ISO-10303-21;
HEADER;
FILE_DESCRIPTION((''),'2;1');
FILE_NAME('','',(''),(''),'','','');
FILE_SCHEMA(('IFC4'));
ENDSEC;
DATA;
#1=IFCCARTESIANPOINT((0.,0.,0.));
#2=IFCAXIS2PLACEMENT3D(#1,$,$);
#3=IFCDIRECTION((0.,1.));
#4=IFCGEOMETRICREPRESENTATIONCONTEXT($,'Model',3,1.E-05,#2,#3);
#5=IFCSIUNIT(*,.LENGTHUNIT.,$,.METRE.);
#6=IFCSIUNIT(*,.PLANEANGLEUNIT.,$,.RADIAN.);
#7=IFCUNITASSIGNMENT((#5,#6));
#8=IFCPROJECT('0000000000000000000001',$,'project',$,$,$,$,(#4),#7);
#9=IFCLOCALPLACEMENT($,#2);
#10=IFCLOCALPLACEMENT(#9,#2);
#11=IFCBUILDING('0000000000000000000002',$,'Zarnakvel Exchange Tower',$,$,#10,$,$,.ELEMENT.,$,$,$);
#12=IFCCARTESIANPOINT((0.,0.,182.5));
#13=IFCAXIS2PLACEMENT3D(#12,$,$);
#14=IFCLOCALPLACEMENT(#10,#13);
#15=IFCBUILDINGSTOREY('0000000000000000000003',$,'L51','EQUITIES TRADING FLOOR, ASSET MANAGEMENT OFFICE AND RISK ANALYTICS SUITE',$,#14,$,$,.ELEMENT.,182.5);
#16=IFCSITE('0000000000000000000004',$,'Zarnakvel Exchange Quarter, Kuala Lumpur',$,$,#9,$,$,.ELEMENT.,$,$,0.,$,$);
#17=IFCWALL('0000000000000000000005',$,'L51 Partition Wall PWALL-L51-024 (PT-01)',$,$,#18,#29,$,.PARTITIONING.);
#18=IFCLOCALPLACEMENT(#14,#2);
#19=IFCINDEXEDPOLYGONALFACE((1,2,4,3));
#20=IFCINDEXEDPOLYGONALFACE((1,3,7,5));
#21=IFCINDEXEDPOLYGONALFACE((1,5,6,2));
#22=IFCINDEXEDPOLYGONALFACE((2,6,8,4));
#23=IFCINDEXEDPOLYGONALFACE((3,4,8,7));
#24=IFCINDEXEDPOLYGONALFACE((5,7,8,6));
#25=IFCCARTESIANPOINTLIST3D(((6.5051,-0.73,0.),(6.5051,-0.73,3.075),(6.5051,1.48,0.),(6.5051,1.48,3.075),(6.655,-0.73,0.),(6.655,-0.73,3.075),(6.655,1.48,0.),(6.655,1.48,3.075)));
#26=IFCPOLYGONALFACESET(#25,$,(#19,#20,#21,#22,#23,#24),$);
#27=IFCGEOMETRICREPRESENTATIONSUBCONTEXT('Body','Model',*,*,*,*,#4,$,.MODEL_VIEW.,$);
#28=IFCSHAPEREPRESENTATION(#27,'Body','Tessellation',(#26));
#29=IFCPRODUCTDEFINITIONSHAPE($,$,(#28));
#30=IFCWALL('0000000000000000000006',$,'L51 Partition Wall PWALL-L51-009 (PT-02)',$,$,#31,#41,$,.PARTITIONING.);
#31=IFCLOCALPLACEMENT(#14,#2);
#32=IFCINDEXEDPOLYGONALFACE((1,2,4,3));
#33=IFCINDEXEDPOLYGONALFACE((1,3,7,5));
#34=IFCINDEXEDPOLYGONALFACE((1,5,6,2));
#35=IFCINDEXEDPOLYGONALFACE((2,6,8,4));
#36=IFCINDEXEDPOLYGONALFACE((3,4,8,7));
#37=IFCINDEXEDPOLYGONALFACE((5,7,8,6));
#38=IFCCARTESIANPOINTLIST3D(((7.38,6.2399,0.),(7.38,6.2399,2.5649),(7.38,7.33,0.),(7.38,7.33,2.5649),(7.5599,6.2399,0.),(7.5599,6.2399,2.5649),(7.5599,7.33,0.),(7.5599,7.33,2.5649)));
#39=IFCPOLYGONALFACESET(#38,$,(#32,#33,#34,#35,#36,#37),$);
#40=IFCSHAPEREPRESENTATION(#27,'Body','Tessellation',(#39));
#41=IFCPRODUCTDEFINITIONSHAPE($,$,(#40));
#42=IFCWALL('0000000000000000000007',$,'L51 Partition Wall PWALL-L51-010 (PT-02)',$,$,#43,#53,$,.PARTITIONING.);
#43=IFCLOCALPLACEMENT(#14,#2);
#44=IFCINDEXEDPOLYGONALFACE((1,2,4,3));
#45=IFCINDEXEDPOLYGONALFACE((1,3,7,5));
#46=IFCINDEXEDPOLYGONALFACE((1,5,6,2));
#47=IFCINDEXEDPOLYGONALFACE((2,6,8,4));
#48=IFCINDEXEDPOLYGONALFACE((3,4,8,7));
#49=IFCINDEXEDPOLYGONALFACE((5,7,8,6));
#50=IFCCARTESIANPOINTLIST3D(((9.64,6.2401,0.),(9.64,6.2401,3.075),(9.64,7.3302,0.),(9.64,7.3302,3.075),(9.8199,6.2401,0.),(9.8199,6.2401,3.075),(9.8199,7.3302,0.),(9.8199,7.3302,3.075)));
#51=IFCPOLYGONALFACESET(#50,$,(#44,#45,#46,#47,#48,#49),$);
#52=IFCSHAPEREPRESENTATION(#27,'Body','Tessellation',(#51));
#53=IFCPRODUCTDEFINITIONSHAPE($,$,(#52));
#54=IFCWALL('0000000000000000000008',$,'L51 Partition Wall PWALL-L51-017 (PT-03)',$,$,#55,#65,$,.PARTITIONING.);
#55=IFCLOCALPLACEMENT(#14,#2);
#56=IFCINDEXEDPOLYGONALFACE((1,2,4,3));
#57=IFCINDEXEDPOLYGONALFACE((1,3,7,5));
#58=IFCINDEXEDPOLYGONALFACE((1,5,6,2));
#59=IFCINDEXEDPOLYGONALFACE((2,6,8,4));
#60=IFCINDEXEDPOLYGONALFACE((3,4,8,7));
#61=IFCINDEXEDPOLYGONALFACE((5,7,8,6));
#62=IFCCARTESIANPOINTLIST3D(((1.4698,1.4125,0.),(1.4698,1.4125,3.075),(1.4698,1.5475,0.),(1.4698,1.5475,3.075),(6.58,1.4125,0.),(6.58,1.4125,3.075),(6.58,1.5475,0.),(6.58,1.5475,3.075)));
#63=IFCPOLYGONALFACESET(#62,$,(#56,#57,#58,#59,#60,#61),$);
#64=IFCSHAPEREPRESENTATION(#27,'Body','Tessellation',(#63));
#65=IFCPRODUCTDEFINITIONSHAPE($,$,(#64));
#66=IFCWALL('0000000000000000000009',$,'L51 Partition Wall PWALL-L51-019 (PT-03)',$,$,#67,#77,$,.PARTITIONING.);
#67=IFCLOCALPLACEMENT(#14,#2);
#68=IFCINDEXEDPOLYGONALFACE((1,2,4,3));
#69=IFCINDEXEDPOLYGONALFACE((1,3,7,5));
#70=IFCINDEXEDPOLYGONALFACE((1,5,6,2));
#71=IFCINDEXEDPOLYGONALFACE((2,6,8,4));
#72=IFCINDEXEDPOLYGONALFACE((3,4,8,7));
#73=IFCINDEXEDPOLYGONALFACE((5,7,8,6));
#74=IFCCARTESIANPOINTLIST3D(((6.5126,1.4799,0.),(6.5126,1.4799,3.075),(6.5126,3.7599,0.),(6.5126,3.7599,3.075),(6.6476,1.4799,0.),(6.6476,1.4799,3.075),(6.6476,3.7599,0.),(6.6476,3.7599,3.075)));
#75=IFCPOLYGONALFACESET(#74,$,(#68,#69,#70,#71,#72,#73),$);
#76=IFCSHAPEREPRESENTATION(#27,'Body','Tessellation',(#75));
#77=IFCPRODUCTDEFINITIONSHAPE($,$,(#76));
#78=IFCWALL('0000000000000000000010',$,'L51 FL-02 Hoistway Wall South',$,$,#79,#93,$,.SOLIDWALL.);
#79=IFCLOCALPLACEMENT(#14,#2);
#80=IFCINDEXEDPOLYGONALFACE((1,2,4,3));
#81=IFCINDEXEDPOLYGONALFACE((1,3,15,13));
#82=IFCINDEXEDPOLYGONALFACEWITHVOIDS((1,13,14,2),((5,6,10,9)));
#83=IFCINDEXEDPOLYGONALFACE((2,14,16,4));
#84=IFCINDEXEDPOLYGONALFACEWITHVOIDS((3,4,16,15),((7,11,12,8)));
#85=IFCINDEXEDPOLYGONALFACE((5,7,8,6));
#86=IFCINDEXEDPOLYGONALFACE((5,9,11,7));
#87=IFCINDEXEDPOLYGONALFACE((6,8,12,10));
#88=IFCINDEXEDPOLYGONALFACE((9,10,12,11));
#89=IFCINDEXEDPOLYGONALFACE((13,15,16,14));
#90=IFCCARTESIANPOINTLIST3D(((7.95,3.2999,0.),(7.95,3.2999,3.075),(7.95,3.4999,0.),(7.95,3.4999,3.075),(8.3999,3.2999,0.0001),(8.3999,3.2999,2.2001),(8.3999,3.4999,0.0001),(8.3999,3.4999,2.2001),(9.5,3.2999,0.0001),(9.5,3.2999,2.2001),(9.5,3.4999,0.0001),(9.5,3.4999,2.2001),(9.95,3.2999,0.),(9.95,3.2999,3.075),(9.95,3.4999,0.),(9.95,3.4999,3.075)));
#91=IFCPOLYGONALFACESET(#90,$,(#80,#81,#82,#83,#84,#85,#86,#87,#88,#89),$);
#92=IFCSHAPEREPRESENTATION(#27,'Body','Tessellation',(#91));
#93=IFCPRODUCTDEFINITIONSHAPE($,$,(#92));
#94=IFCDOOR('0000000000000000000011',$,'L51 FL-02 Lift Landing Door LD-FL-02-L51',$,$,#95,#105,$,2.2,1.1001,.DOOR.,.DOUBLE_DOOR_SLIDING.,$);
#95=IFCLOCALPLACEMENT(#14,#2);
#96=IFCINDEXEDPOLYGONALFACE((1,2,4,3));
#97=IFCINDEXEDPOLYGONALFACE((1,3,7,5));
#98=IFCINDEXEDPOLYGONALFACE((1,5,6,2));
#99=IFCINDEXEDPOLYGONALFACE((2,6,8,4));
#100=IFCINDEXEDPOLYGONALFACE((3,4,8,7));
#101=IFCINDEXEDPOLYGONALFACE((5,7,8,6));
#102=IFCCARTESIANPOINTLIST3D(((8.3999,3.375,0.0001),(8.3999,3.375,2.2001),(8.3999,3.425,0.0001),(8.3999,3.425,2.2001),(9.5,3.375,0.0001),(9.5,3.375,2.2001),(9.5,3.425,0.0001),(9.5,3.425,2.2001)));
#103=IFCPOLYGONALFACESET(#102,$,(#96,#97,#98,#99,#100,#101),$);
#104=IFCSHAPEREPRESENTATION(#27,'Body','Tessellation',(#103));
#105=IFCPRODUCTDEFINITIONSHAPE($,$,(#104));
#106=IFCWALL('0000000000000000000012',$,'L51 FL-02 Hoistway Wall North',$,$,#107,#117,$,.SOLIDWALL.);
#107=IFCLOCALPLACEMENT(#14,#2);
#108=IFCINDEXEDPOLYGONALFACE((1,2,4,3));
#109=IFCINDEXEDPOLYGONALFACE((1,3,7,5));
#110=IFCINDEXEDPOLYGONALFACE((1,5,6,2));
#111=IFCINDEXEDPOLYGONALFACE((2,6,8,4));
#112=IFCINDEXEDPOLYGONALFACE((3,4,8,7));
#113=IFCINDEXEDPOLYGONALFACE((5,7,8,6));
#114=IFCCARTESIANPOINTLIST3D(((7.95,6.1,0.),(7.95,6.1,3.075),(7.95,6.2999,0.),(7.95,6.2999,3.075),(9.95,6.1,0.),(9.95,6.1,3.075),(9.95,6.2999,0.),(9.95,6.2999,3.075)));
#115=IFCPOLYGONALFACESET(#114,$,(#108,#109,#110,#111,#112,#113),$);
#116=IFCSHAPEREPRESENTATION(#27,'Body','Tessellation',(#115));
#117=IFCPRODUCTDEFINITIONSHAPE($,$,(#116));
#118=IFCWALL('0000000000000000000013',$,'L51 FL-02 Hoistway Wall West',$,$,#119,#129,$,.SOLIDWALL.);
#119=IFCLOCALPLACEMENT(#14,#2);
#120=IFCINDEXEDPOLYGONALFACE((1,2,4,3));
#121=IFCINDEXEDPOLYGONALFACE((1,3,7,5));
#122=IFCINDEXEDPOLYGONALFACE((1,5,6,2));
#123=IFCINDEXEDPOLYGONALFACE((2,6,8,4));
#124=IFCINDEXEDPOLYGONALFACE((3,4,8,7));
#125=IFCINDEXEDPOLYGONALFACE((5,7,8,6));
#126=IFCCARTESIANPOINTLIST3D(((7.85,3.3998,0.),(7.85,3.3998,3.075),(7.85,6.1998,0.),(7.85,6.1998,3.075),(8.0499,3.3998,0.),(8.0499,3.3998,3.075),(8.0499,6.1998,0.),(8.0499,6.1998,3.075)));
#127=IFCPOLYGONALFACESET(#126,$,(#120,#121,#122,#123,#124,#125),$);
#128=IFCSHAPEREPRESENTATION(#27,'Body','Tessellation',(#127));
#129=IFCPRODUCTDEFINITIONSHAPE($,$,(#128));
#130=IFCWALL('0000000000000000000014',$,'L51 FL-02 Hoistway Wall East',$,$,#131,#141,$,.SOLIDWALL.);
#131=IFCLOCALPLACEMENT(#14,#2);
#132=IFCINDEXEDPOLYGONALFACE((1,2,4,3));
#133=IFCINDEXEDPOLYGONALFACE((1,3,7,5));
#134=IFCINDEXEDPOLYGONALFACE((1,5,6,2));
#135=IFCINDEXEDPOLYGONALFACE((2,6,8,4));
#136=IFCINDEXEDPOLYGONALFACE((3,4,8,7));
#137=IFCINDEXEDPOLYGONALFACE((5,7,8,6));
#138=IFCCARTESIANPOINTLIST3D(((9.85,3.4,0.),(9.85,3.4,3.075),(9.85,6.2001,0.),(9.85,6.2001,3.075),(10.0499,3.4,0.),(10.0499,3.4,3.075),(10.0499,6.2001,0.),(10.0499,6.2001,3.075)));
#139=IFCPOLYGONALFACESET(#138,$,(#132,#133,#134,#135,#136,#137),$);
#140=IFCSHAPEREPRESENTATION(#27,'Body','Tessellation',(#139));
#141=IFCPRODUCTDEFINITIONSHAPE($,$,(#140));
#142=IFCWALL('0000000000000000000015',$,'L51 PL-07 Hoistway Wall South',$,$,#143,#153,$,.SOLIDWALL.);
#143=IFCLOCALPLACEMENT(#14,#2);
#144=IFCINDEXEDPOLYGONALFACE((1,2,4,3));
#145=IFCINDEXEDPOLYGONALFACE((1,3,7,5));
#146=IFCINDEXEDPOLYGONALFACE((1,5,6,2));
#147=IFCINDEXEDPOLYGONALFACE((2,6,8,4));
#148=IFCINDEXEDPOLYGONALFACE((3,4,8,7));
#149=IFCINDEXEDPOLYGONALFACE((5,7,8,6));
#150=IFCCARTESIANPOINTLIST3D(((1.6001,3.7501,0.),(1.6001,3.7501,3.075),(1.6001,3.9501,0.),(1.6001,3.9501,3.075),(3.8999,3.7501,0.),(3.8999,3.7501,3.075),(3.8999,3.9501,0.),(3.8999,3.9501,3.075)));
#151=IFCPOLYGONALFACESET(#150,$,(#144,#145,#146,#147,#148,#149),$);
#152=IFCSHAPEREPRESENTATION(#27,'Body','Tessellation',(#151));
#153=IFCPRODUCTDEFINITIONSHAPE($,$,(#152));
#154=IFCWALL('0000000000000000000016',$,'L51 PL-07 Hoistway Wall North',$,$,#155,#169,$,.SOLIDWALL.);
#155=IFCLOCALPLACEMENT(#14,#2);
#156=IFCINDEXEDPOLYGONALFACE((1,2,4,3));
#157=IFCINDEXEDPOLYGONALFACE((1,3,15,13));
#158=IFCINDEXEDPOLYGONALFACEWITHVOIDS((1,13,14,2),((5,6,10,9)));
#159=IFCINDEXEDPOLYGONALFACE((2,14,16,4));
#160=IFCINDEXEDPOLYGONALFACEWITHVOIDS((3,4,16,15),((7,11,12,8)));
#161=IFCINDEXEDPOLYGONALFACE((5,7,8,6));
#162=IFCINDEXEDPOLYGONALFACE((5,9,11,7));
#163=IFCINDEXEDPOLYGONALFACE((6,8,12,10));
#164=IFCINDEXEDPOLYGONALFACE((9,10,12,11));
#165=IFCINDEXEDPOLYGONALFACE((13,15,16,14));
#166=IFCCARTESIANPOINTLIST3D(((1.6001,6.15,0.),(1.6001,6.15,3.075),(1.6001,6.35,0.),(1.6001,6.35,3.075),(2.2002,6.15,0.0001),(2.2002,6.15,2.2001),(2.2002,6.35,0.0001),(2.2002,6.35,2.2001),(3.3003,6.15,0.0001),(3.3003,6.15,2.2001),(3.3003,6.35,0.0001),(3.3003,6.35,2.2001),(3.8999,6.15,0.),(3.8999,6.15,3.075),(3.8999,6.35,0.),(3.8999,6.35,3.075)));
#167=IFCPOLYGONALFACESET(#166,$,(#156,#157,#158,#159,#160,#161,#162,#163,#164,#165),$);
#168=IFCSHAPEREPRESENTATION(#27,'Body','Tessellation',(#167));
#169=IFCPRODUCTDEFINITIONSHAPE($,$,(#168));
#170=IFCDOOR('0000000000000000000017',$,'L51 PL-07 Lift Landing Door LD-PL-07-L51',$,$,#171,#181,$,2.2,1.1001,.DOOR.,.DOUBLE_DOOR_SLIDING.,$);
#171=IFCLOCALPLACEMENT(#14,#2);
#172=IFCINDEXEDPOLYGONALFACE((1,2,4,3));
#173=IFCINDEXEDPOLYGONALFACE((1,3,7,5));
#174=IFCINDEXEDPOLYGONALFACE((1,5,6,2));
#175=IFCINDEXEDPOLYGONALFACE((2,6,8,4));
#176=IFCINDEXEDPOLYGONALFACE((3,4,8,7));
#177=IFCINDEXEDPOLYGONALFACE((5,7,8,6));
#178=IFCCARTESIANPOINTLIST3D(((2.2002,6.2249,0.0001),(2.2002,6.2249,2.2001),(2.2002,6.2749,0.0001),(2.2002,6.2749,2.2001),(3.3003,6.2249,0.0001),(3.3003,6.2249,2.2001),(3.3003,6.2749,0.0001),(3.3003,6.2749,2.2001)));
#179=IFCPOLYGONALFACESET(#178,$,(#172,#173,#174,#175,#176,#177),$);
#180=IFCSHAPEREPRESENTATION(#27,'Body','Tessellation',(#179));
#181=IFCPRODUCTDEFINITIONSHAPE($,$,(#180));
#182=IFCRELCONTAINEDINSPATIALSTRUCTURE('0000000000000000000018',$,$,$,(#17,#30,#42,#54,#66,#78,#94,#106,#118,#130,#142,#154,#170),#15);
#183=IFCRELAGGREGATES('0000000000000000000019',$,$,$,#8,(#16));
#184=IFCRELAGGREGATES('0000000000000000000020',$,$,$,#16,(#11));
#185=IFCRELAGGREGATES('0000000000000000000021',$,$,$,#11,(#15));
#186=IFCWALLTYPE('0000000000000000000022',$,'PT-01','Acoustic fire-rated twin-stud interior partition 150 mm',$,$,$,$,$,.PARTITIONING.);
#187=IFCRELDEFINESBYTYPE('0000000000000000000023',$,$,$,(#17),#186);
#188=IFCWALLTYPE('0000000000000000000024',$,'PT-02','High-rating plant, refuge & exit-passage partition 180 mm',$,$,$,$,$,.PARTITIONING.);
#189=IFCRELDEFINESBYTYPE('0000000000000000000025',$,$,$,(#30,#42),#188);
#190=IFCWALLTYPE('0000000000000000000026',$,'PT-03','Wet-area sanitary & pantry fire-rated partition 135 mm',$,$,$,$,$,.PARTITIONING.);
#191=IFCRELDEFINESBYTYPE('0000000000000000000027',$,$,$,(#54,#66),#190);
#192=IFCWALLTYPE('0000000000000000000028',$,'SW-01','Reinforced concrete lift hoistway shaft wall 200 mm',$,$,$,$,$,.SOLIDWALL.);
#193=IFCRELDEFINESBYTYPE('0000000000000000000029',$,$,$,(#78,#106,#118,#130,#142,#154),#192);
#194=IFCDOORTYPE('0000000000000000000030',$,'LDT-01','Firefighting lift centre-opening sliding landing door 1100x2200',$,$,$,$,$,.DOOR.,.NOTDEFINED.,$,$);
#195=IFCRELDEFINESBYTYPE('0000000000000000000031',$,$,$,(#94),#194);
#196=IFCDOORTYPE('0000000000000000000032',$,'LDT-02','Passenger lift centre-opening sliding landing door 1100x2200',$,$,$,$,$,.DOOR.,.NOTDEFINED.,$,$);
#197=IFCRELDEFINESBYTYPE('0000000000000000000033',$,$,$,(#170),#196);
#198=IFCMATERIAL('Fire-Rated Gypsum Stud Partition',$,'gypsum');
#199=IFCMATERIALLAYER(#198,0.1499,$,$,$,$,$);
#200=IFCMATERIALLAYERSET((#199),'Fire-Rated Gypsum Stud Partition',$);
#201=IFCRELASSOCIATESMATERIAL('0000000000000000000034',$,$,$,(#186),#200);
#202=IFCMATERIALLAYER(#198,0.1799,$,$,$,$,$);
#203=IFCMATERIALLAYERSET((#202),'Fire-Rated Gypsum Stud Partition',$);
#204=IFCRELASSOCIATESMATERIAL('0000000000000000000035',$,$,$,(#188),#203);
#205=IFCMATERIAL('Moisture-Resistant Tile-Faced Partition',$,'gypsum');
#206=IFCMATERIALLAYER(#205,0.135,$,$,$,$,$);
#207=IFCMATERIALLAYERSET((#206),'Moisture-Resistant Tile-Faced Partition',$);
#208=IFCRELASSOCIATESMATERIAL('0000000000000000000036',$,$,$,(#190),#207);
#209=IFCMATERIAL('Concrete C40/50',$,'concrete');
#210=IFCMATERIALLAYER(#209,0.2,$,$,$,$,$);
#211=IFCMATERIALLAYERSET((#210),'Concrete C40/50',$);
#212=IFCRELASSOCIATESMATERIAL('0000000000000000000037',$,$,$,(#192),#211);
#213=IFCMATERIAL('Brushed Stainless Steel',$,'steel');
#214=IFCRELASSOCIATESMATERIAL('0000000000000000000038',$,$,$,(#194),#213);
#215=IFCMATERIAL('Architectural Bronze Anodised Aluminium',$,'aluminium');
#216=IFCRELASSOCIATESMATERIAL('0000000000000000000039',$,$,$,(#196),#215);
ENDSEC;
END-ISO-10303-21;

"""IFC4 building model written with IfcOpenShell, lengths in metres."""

from ifc_helpers import new_model, si_unit, direction, frame, frame_2d, origin, place, context, subcontext, project, spatial, rectangle, extrude, source, transform, mapped, material, layer, layer_set, type_object, element, fill, save


model = new_model("IFC4")

# Units and contexts
model_context = context("Model", 3, precision=1e-05, world=origin(), true_north=direction((0.0, 1.0)))
body_context = subcontext(model_context, "Body", "Model", "MODEL_VIEW")
ifc_project = project(units=[si_unit("LENGTHUNIT", "METRE"), si_unit("PLANEANGLEUNIT", "RADIAN")], contexts=[model_context])

# Site, building, storey
site_placement = place(None, origin())
site = spatial("IfcSite", under=ifc_project, at=site_placement, Name="Zarnakvel Exchange Quarter, Kuala Lumpur", CompositionType="ELEMENT", RefElevation=0.0)
building_placement = place(site_placement, origin())
building = spatial("IfcBuilding", under=site, at=building_placement, Name="Zarnakvel Exchange Tower", CompositionType="ELEMENT")
storey_placement = place(building_placement, frame((0.0, 0.0, 182.5)))
storey = spatial("IfcBuildingStorey", under=building, at=storey_placement, Name="L51", Description="EQUITIES TRADING FLOOR, ASSET MANAGEMENT OFFICE AND RISK ANALYTICS SUITE", CompositionType="ELEMENT", Elevation=182.5)

# Walls
ifc_material_1 = material(Name="Fire-Rated Gypsum Stud Partition", Category="gypsum")
ifc_layer_1 = layer(ifc_material_1, 0.1499)
ifc_layer_set_1 = layer_set([ifc_layer_1], Name="Fire-Rated Gypsum Stud Partition")
wall_type_1 = type_object("IfcWallType", Name="PT-01", Description="Acoustic fire-rated twin-stud interior partition 150 mm", PredefinedType="PARTITIONING", material=ifc_layer_set_1)
wall_1_placement = place(storey_placement, frame((6.5801, 1.48, 0.0), z_axis=(0.0, 0.0, 1.0), x_axis=(0.0, -1.0, 0.0)))
element("IfcWall", 1, at=wall_1_placement, inside=storey, type_object=wall_type_1, Name="L51 Partition Wall PWALL-L51-024 (PT-01)", PredefinedType="PARTITIONING", context=body_context, shape_type="SweptSolid", body=[
    extrude(rectangle(XDim=2.21, YDim=0.1499, at=frame_2d((1.105, 0.0))), origin(), (0.0, 0.0, 1.0), 3.075),
])
ifc_layer_2 = layer(ifc_material_1, 0.1799)
ifc_layer_set_2 = layer_set([ifc_layer_2], Name="Fire-Rated Gypsum Stud Partition")
wall_type_2 = type_object("IfcWallType", Name="PT-02", Description="High-rating plant, refuge & exit-passage partition 180 mm", PredefinedType="PARTITIONING", material=ifc_layer_set_2)
wall_2_placement = place(storey_placement, frame((7.47, 6.24, 0.0), z_axis=(0.0, 0.0, 1.0), x_axis=(0.0, 1.0, 0.0)))
element("IfcWall", 2, at=wall_2_placement, inside=storey, type_object=wall_type_2, Name="L51 Partition Wall PWALL-L51-009 (PT-02)", PredefinedType="PARTITIONING", context=body_context, shape_type="SweptSolid", body=[
    extrude(rectangle(XDim=1.0901, YDim=0.1799, at=frame_2d((0.5449, 0.0))), origin(), (0.0, 0.0, 1.0), 2.5649),
])
wall_3_placement = place(storey_placement, frame((9.73, 7.3301, 0.0), z_axis=(0.0, 0.0, 1.0), x_axis=(0.0, -1.0, 0.0)))
element("IfcWall", 3, at=wall_3_placement, inside=storey, type_object=wall_type_2, Name="L51 Partition Wall PWALL-L51-010 (PT-02)", PredefinedType="PARTITIONING", context=body_context, shape_type="SweptSolid", body=[
    extrude(rectangle(XDim=1.0901, YDim=0.1799, at=frame_2d((0.5449, 0.0))), origin(), (0.0, 0.0, 1.0), 3.075),
])
ifc_material_2 = material(Name="Moisture-Resistant Tile-Faced Partition", Category="gypsum")
ifc_layer_3 = layer(ifc_material_2, 0.135)
ifc_layer_set_3 = layer_set([ifc_layer_3], Name="Moisture-Resistant Tile-Faced Partition")
wall_type_3 = type_object("IfcWallType", Name="PT-03", Description="Wet-area sanitary & pantry fire-rated partition 135 mm", PredefinedType="PARTITIONING", material=ifc_layer_set_3)
wall_4_placement = place(storey_placement, frame((6.5801, 1.48, 0.0), z_axis=(0.0, 0.0, 1.0), x_axis=(-1.0, 0.0, 0.0)))
element("IfcWall", 4, at=wall_4_placement, inside=storey, type_object=wall_type_3, Name="L51 Partition Wall PWALL-L51-017 (PT-03)", PredefinedType="PARTITIONING", context=body_context, shape_type="SweptSolid", body=[
    extrude(rectangle(XDim=5.1101, YDim=0.135, at=frame_2d((2.5552, 0.0))), origin(), (0.0, 0.0, 1.0), 3.075),
])
wall_5_placement = place(storey_placement, frame((6.5801, 3.76, 0.0), z_axis=(0.0, 0.0, 1.0), x_axis=(0.0, -1.0, 0.0)))
element("IfcWall", 5, at=wall_5_placement, inside=storey, type_object=wall_type_3, Name="L51 Partition Wall PWALL-L51-019 (PT-03)", PredefinedType="PARTITIONING", context=body_context, shape_type="SweptSolid", body=[
    extrude(rectangle(XDim=2.28, YDim=0.135, at=frame_2d((1.1401, 0.0))), origin(), (0.0, 0.0, 1.0), 3.075),
])

# Wall, opening, door
ifc_material_3 = material(Name="Concrete C40/50", Category="concrete")
ifc_layer_4 = layer(ifc_material_3, 0.2)
ifc_layer_set_4 = layer_set([ifc_layer_4], Name="Concrete C40/50")
wall_type_4 = type_object("IfcWallType", Name="SW-01", Description="Reinforced concrete lift hoistway shaft wall 200 mm", PredefinedType="SOLIDWALL", material=ifc_layer_set_4)
wall_6_placement = place(storey_placement, frame((9.95, 3.3999, 0.0), z_axis=(0.0, 0.0, 1.0), x_axis=(-1.0, 0.0, 0.0)))
wall_6 = element("IfcWall", 6, at=wall_6_placement, inside=storey, type_object=wall_type_4, Name="L51 FL-02 Hoistway Wall South", PredefinedType="SOLIDWALL", context=body_context, shape_type="SweptSolid", body=[
    extrude(rectangle(XDim=2.0, YDim=0.2, at=frame_2d((1.0, 0.0))), origin(), (0.0, 0.0, 1.0), 3.075),
])
opening_1_placement = place(wall_6_placement, frame((0.45, 0.0, 0.0)))
opening_1 = element("IfcOpeningElement", 7, at=opening_1_placement, cuts=wall_6, PredefinedType="OPENING", context=body_context, shape_type="SweptSolid", body=[
    extrude(rectangle(XDim=1.1001, YDim=2.2, at=frame_2d((0.55, 1.1001))), frame((0.0, 0.1099, 0.0), z_axis=(0.0, -1.0, 0.0), x_axis=(1.0, 0.0, 0.0)), (0.0, 0.0, 1.0), 0.22),
])
ifc_material_4 = material(Name="Brushed Stainless Steel", Category="steel")
door_type_1 = type_object("IfcDoorType", Name="LDT-01", Description="Firefighting lift centre-opening sliding landing door 1100x2200", OperationType="NOTDEFINED", PredefinedType="DOOR", material=ifc_material_4)
shared_shape_1 = source(origin(), body_context, "Body", "SweptSolid", [
    extrude(rectangle(XDim=1.1001, YDim=2.2, at=frame_2d((0.55, 1.1001))), frame((0.0, 0.0249, 0.0), z_axis=(0.0, -1.0, 0.0), x_axis=(1.0, 0.0, 0.0)), (0.0, 0.0, 1.0), 0.05),
])
door_1_placement = place(opening_1_placement, origin())
door_1 = element("IfcDoor", 8, at=door_1_placement, inside=storey, type_object=door_type_1, Name="L51 FL-02 Lift Landing Door LD-FL-02-L51", OperationType="DOUBLE_DOOR_SLIDING", OverallHeight=2.2, OverallWidth=1.1001, PredefinedType="DOOR", context=body_context, shape_type="MappedRepresentation", body=[
    mapped(shared_shape_1, transform((0.0, 0.0, 0.0), x_axis=(1.0, 0.0, 0.0), y_axis=(0.0, 1.0, 0.0), z_axis=(0.0, 0.0, 1.0), scale=1.0)),
])
fill(opening_1, door_1)

# Walls
wall_7_placement = place(storey_placement, frame((7.95, 6.2, 0.0), z_axis=(0.0, 0.0, 1.0), x_axis=(1.0, 0.0, 0.0)))
element("IfcWall", 9, at=wall_7_placement, inside=storey, type_object=wall_type_4, Name="L51 FL-02 Hoistway Wall North", PredefinedType="SOLIDWALL", context=body_context, shape_type="SweptSolid", body=[
    extrude(rectangle(XDim=2.0, YDim=0.2, at=frame_2d((1.0, 0.0))), origin(), (0.0, 0.0, 1.0), 3.075),
])
for number, where, z_axis, x_axis, name in (
    (10, (7.95, 3.3999, 0.0), (0.0, 0.0, 1.0), (0.0, 1.0, 0.0), "L51 FL-02 Hoistway Wall West"),
    (11, (9.95, 6.2, 0.0), (0.0, 0.0, 1.0), (0.0, -1.0, 0.0), "L51 FL-02 Hoistway Wall East"),
):
    element("IfcWall", number, at=place(storey_placement, frame(where, z_axis=z_axis, x_axis=x_axis)), inside=storey, type_object=wall_type_4, Name=name, PredefinedType="SOLIDWALL", context=body_context, shape_type="SweptSolid", body=[
        extrude(rectangle(XDim=2.8, YDim=0.2, at=frame_2d((1.3999, 0.0))), origin(), (0.0, 0.0, 1.0), 3.075),
    ])
wall_8_placement = place(storey_placement, frame((3.8999, 3.8501, 0.0), z_axis=(0.0, 0.0, 1.0), x_axis=(-1.0, 0.0, 0.0)))
element("IfcWall", 12, at=wall_8_placement, inside=storey, type_object=wall_type_4, Name="L51 PL-07 Hoistway Wall South", PredefinedType="SOLIDWALL", context=body_context, shape_type="SweptSolid", body=[
    extrude(rectangle(XDim=2.2998, YDim=0.2, at=frame_2d((1.1499, 0.0))), origin(), (0.0, 0.0, 1.0), 3.075),
])

# Wall, opening, door
wall_9_placement = place(storey_placement, frame((1.6001, 6.25, 0.0), z_axis=(0.0, 0.0, 1.0), x_axis=(1.0, 0.0, 0.0)))
wall_9 = element("IfcWall", 13, at=wall_9_placement, inside=storey, type_object=wall_type_4, Name="L51 PL-07 Hoistway Wall North", PredefinedType="SOLIDWALL", context=body_context, shape_type="SweptSolid", body=[
    extrude(rectangle(XDim=2.2998, YDim=0.2, at=frame_2d((1.1499, 0.0))), origin(), (0.0, 0.0, 1.0), 3.075),
])
opening_2_placement = place(wall_9_placement, frame((0.6001, 0.0, 0.0)))
opening_2 = element("IfcOpeningElement", 14, at=opening_2_placement, cuts=wall_9, PredefinedType="OPENING", context=body_context, shape_type="SweptSolid", body=[
    extrude(rectangle(XDim=1.1001, YDim=2.2, at=frame_2d((0.55, 1.1001))), frame((0.0, 0.1099, 0.0), z_axis=(0.0, -1.0, 0.0), x_axis=(1.0, 0.0, 0.0)), (0.0, 0.0, 1.0), 0.22),
])
ifc_material_5 = material(Name="Architectural Bronze Anodised Aluminium", Category="aluminium")
door_type_2 = type_object("IfcDoorType", Name="LDT-02", Description="Passenger lift centre-opening sliding landing door 1100x2200", OperationType="NOTDEFINED", PredefinedType="DOOR", material=ifc_material_5)
door_2_placement = place(opening_2_placement, origin())
door_2 = element("IfcDoor", 15, at=door_2_placement, inside=storey, type_object=door_type_2, Name="L51 PL-07 Lift Landing Door LD-PL-07-L51", OperationType="DOUBLE_DOOR_SLIDING", OverallHeight=2.2, OverallWidth=1.1001, PredefinedType="DOOR", context=body_context, shape_type="MappedRepresentation", body=[
    mapped(shared_shape_1, transform((0.0, 0.0, 0.0), x_axis=(1.0, 0.0, 0.0), y_axis=(0.0, 1.0, 0.0), z_axis=(0.0, 0.0, 1.0), scale=1.0)),
])
fill(opening_2, door_2)

save(model, "model.ifc")
